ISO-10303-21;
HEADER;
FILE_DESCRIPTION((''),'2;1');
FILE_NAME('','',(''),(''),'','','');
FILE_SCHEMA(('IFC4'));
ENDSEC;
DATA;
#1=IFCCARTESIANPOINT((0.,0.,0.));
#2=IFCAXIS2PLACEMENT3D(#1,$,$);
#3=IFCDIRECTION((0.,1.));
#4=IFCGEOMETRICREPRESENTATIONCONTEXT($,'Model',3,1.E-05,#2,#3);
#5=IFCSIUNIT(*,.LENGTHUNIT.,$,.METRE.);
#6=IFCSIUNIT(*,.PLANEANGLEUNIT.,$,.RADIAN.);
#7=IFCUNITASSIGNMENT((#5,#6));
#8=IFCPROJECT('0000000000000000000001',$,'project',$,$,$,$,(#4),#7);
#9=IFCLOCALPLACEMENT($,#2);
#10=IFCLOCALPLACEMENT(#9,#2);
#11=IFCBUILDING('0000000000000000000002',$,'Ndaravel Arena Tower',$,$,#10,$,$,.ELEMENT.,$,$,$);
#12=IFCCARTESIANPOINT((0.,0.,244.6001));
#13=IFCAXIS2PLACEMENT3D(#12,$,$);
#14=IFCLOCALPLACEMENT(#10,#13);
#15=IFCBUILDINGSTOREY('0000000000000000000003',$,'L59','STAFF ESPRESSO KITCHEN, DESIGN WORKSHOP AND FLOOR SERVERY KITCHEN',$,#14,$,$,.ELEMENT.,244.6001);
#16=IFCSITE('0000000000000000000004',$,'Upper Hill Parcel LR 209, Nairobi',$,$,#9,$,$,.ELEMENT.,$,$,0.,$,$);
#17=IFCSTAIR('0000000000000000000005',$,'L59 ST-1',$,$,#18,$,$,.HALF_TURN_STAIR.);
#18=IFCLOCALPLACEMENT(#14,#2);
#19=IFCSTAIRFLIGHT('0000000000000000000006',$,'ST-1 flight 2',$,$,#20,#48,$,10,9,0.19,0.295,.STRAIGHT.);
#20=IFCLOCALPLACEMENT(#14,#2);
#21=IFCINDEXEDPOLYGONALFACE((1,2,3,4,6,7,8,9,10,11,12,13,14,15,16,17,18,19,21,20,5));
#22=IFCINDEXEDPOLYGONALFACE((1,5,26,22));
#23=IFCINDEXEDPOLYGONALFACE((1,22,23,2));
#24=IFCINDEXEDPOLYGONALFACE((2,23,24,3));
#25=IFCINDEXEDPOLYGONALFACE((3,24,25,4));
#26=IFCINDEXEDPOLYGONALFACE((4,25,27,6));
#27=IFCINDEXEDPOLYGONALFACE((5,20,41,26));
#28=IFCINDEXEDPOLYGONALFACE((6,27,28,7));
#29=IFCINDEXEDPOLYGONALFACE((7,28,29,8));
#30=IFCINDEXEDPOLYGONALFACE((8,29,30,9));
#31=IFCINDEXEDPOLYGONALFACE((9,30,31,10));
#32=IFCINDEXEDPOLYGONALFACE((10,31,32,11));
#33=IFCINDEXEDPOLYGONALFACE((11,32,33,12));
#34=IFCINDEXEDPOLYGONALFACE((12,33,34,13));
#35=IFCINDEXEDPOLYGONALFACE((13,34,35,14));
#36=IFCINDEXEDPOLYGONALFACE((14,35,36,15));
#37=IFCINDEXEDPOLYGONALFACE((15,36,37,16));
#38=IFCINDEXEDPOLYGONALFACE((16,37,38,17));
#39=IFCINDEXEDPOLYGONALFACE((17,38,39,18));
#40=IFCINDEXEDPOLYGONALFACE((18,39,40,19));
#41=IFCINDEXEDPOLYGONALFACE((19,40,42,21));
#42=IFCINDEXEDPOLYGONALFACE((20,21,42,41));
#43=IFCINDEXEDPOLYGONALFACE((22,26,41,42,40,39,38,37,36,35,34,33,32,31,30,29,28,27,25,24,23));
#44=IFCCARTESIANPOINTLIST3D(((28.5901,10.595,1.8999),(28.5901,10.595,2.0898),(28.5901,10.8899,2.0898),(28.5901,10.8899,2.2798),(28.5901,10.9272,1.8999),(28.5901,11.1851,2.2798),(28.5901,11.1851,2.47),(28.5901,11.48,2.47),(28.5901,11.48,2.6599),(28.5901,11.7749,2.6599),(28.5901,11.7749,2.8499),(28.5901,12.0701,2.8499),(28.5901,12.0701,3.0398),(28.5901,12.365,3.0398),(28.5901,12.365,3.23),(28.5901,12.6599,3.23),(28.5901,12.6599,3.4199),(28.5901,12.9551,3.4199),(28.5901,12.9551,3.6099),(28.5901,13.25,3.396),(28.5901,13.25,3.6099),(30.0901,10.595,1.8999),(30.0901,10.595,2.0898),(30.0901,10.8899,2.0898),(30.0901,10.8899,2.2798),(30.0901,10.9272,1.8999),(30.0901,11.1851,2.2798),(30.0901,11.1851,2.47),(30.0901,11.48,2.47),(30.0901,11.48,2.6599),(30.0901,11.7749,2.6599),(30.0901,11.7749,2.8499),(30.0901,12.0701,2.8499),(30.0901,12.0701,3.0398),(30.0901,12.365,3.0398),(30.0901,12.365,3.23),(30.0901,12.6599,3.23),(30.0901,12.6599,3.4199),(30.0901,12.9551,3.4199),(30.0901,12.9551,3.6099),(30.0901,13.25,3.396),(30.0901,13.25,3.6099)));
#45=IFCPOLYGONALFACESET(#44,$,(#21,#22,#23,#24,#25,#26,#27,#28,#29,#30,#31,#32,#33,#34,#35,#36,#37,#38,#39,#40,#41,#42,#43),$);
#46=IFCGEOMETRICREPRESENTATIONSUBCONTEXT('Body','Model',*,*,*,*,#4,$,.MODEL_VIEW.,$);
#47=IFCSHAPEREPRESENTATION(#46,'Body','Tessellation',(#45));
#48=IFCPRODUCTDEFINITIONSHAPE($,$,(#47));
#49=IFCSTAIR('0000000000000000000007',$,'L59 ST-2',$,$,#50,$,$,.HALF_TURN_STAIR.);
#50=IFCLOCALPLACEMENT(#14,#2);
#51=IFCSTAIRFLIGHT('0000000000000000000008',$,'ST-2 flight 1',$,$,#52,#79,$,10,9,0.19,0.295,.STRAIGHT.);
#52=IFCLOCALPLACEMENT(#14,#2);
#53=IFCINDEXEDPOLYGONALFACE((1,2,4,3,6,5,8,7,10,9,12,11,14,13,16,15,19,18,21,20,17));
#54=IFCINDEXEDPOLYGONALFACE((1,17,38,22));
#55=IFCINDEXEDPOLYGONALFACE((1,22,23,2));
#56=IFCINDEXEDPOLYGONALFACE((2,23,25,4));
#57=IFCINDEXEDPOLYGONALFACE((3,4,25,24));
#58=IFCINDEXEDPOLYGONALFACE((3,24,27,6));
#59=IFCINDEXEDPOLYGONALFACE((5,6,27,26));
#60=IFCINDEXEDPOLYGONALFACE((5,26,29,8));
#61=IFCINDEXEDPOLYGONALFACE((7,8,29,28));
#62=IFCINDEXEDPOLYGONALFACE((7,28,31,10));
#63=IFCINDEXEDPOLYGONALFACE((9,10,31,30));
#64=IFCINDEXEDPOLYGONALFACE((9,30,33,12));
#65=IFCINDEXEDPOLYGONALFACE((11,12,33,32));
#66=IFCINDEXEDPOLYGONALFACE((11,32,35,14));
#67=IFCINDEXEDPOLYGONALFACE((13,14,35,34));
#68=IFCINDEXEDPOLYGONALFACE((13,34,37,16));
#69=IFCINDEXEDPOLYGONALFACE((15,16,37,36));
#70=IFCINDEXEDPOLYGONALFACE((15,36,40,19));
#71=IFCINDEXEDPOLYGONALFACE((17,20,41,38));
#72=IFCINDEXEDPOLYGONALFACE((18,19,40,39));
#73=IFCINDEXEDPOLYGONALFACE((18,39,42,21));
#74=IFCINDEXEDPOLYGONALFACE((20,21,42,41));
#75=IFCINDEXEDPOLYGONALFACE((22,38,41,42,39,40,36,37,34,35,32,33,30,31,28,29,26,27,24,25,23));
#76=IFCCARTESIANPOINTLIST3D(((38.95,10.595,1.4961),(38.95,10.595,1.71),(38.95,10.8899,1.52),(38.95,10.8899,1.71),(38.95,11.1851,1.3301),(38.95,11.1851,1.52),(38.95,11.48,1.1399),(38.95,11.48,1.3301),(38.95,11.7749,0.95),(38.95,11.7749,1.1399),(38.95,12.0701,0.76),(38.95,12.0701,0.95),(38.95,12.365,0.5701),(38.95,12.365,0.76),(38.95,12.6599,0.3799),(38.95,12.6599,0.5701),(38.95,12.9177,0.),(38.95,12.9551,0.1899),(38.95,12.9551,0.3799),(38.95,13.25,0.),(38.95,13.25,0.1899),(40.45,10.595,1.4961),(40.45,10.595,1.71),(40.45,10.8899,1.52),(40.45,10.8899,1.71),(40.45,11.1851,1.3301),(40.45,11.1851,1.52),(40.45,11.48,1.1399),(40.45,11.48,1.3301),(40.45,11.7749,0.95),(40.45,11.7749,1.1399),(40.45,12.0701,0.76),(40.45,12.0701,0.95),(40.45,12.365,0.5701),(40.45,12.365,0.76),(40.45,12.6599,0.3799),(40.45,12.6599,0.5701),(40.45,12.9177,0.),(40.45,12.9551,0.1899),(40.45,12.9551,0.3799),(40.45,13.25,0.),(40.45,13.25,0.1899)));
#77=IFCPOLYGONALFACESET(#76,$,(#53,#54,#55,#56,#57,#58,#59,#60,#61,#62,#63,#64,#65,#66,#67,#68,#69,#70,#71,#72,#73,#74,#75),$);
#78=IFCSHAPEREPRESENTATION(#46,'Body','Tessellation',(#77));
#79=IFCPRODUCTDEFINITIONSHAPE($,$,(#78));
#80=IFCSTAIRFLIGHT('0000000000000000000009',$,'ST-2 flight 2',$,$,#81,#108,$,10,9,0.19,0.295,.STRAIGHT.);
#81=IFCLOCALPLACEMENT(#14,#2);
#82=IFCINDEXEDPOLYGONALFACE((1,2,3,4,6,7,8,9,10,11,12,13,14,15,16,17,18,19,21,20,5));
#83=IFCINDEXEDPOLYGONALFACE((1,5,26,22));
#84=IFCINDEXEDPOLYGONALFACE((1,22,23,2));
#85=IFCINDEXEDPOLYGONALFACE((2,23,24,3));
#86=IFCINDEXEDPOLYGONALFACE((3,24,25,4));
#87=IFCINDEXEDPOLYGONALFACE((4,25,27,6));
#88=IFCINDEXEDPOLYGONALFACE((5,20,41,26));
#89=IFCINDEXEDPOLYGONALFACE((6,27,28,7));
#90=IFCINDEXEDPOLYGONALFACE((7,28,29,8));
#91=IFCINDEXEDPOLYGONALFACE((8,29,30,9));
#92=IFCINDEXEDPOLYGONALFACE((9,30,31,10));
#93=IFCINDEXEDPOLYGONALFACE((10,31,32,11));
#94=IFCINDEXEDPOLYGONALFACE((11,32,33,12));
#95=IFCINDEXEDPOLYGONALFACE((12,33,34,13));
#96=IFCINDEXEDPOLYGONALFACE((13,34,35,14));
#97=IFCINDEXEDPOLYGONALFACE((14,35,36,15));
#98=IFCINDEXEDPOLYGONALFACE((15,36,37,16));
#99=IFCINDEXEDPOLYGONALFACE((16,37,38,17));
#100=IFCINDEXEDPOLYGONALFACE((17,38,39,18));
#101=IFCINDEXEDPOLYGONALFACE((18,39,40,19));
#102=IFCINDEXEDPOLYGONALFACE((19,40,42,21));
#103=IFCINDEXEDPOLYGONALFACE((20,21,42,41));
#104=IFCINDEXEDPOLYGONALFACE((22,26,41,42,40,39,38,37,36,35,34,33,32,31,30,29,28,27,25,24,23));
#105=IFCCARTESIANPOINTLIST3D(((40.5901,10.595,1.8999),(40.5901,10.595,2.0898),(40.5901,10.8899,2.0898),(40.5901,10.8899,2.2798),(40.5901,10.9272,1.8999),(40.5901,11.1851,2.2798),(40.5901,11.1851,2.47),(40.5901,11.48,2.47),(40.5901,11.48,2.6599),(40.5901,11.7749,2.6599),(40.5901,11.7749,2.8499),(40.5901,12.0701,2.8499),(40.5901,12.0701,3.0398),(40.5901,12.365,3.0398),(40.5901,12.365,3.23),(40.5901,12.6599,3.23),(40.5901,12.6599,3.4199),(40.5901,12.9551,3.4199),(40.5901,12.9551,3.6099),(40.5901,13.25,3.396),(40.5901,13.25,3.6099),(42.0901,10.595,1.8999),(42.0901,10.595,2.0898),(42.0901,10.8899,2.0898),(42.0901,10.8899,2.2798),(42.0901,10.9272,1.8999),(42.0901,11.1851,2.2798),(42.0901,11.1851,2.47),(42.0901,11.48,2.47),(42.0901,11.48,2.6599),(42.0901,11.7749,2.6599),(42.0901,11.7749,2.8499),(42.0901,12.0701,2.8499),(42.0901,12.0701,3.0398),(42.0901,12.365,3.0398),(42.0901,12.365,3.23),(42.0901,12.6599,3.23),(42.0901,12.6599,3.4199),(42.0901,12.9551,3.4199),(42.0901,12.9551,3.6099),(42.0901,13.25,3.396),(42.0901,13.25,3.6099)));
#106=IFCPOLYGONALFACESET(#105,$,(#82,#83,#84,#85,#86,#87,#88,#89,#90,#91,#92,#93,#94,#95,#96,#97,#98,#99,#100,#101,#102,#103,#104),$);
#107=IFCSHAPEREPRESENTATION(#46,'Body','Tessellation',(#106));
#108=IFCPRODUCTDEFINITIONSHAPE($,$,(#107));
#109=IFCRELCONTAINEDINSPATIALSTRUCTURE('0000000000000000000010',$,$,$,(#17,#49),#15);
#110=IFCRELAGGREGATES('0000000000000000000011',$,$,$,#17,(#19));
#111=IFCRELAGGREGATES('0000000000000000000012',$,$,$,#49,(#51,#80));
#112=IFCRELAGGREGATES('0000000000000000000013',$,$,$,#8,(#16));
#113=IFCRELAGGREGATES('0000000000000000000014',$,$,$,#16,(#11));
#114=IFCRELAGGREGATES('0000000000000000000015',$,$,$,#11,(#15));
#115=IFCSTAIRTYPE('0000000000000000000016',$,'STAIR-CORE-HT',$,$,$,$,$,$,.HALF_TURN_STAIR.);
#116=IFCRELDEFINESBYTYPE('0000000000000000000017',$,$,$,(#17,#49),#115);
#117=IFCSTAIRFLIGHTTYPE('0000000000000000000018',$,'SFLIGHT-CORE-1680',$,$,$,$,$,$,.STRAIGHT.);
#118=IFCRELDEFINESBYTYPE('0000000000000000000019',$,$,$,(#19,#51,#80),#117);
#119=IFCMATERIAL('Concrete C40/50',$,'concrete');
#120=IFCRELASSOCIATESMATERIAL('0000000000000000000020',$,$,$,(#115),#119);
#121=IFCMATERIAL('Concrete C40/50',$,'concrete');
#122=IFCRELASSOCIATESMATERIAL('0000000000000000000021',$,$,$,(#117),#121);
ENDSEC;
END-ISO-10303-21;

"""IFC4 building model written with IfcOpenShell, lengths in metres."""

from ifc_helpers import new_model, si_unit, direction, frame, origin, place, context, subcontext, project, spatial, polyline, outline, extrude, material, type_object, element, aggregate, save


model = new_model("IFC4")

# Units and contexts
model_context = context("Model", 3, precision=1e-05, world=origin(), true_north=direction((0.0, 1.0)))
body_context = subcontext(model_context, "Body", "Model", "MODEL_VIEW")
ifc_project = project(units=[si_unit("LENGTHUNIT", "METRE"), si_unit("PLANEANGLEUNIT", "RADIAN")], contexts=[model_context])

# Site, building, storey
site_placement = place(None, origin())
site = spatial("IfcSite", under=ifc_project, at=site_placement, Name="Upper Hill Parcel LR 209, Nairobi", CompositionType="ELEMENT", RefElevation=0.0)
building_placement = place(site_placement, origin())
building = spatial("IfcBuilding", under=site, at=building_placement, Name="Ndaravel Arena Tower", CompositionType="ELEMENT")
storey_placement = place(building_placement, frame((0.0, 0.0, 244.6001)))
storey = spatial("IfcBuildingStorey", under=building, at=storey_placement, Name="L59", Description="STAFF ESPRESSO KITCHEN, DESIGN WORKSHOP AND FLOOR SERVERY KITCHEN", CompositionType="ELEMENT", Elevation=244.6001)

# Stairs, stair flights
ifc_material_1 = material(Name="Concrete C40/50", Category="concrete")
stair_type = type_object("IfcStairType", Name="STAIR-CORE-HT", PredefinedType="HALF_TURN_STAIR", material=ifc_material_1)
stair_1_placement = place(storey_placement, origin())
stair_1 = element("IfcStair", 1, at=stair_1_placement, inside=storey, type_object=stair_type, Name="L59 ST-1", PredefinedType="HALF_TURN_STAIR")
ifc_material_2 = material(Name="Concrete C40/50", Category="concrete")
stair_flight_type = type_object("IfcStairFlightType", Name="SFLIGHT-CORE-1680", PredefinedType="STRAIGHT", material=ifc_material_2)
stair_flight_1_placement = place(storey_placement, frame((29.3401, 10.595, 1.8999), z_axis=(0.0, 0.0, 1.0), x_axis=(0.0, 1.0, 0.0)))
stair_flight_1 = element("IfcStairFlight", 2, at=stair_flight_1_placement, type_object=stair_flight_type, Name="ST-1 flight 2", NumberOfRisers=10, NumberOfTreads=9, PredefinedType="STRAIGHT", RiserHeight=0.19, TreadLength=0.295, context=body_context, shape_type="SweptSolid", body=[
    extrude(outline(polyline([(0.0, 0.0), (0.0, 0.1899), (0.2949, 0.1899), (0.2949, 0.3799), (0.5901, 0.3799), (0.5901, 0.5701), (0.885, 0.5701), (0.885, 0.76), (1.1799, 0.76), (1.1799, 0.95), (1.4751, 0.95), (1.4751, 1.1399), (1.77, 1.1399), (1.77, 1.3301), (2.0649, 1.3301), (2.0649, 1.52), (2.3601, 1.52), (2.3601, 1.71), (2.655, 1.71), (2.655, 1.8999), (2.655, 1.4961), (0.3323, 0.0), (0.0, 0.0)])), frame((0.0, 0.75, 0.0), z_axis=(0.0, -1.0, 0.0), x_axis=(1.0, 0.0, 0.0)), (0.0, 0.0, 1.0), 1.5),
])
aggregate(stair_1, [stair_flight_1])
stair_2_placement = place(storey_placement, origin())
stair_2 = element("IfcStair", 3, at=stair_2_placement, inside=storey, type_object=stair_type, Name="L59 ST-2", PredefinedType="HALF_TURN_STAIR")
stair_flight_2_placement = place(storey_placement, frame((39.7, 13.25, 0.0), z_axis=(0.0, 0.0, 1.0), x_axis=(0.0, -1.0, 0.0)))
stair_flight_2 = element("IfcStairFlight", 4, at=stair_flight_2_placement, type_object=stair_flight_type, Name="ST-2 flight 1", NumberOfRisers=10, NumberOfTreads=9, PredefinedType="STRAIGHT", RiserHeight=0.19, TreadLength=0.295, context=body_context, shape_type="SweptSolid", body=[
    extrude(outline(polyline([(0.0, 0.0), (0.0, 0.1899), (0.2949, 0.1899), (0.2949, 0.3799), (0.5901, 0.3799), (0.5901, 0.5701), (0.885, 0.5701), (0.885, 0.76), (1.1799, 0.76), (1.1799, 0.95), (1.4751, 0.95), (1.4751, 1.1399), (1.77, 1.1399), (1.77, 1.3301), (2.0649, 1.3301), (2.0649, 1.52), (2.3601, 1.52), (2.3601, 1.71), (2.655, 1.71), (2.655, 1.8999), (2.655, 1.4961), (0.3323, 0.0), (0.0, 0.0)])), frame((0.0, 0.75, 0.0), z_axis=(0.0, -1.0, 0.0), x_axis=(1.0, 0.0, 0.0)), (0.0, 0.0, 1.0), 1.5),
])
stair_flight_3_placement = place(storey_placement, frame((41.3401, 10.595, 1.8999), z_axis=(0.0, 0.0, 1.0), x_axis=(0.0, 1.0, 0.0)))
stair_flight_3 = element("IfcStairFlight", 5, at=stair_flight_3_placement, type_object=stair_flight_type, Name="ST-2 flight 2", NumberOfRisers=10, NumberOfTreads=9, PredefinedType="STRAIGHT", RiserHeight=0.19, TreadLength=0.295, context=body_context, shape_type="SweptSolid", body=[
    extrude(outline(polyline([(0.0, 0.0), (0.0, 0.1899), (0.2949, 0.1899), (0.2949, 0.3799), (0.5901, 0.3799), (0.5901, 0.5701), (0.885, 0.5701), (0.885, 0.76), (1.1799, 0.76), (1.1799, 0.95), (1.4751, 0.95), (1.4751, 1.1399), (1.77, 1.1399), (1.77, 1.3301), (2.0649, 1.3301), (2.0649, 1.52), (2.3601, 1.52), (2.3601, 1.71), (2.655, 1.71), (2.655, 1.8999), (2.655, 1.4961), (0.3323, 0.0), (0.0, 0.0)])), frame((0.0, 0.75, 0.0), z_axis=(0.0, -1.0, 0.0), x_axis=(1.0, 0.0, 0.0)), (0.0, 0.0, 1.0), 1.5),
])
aggregate(stair_2, [stair_flight_2, stair_flight_3])

save(model, "model.ifc")
